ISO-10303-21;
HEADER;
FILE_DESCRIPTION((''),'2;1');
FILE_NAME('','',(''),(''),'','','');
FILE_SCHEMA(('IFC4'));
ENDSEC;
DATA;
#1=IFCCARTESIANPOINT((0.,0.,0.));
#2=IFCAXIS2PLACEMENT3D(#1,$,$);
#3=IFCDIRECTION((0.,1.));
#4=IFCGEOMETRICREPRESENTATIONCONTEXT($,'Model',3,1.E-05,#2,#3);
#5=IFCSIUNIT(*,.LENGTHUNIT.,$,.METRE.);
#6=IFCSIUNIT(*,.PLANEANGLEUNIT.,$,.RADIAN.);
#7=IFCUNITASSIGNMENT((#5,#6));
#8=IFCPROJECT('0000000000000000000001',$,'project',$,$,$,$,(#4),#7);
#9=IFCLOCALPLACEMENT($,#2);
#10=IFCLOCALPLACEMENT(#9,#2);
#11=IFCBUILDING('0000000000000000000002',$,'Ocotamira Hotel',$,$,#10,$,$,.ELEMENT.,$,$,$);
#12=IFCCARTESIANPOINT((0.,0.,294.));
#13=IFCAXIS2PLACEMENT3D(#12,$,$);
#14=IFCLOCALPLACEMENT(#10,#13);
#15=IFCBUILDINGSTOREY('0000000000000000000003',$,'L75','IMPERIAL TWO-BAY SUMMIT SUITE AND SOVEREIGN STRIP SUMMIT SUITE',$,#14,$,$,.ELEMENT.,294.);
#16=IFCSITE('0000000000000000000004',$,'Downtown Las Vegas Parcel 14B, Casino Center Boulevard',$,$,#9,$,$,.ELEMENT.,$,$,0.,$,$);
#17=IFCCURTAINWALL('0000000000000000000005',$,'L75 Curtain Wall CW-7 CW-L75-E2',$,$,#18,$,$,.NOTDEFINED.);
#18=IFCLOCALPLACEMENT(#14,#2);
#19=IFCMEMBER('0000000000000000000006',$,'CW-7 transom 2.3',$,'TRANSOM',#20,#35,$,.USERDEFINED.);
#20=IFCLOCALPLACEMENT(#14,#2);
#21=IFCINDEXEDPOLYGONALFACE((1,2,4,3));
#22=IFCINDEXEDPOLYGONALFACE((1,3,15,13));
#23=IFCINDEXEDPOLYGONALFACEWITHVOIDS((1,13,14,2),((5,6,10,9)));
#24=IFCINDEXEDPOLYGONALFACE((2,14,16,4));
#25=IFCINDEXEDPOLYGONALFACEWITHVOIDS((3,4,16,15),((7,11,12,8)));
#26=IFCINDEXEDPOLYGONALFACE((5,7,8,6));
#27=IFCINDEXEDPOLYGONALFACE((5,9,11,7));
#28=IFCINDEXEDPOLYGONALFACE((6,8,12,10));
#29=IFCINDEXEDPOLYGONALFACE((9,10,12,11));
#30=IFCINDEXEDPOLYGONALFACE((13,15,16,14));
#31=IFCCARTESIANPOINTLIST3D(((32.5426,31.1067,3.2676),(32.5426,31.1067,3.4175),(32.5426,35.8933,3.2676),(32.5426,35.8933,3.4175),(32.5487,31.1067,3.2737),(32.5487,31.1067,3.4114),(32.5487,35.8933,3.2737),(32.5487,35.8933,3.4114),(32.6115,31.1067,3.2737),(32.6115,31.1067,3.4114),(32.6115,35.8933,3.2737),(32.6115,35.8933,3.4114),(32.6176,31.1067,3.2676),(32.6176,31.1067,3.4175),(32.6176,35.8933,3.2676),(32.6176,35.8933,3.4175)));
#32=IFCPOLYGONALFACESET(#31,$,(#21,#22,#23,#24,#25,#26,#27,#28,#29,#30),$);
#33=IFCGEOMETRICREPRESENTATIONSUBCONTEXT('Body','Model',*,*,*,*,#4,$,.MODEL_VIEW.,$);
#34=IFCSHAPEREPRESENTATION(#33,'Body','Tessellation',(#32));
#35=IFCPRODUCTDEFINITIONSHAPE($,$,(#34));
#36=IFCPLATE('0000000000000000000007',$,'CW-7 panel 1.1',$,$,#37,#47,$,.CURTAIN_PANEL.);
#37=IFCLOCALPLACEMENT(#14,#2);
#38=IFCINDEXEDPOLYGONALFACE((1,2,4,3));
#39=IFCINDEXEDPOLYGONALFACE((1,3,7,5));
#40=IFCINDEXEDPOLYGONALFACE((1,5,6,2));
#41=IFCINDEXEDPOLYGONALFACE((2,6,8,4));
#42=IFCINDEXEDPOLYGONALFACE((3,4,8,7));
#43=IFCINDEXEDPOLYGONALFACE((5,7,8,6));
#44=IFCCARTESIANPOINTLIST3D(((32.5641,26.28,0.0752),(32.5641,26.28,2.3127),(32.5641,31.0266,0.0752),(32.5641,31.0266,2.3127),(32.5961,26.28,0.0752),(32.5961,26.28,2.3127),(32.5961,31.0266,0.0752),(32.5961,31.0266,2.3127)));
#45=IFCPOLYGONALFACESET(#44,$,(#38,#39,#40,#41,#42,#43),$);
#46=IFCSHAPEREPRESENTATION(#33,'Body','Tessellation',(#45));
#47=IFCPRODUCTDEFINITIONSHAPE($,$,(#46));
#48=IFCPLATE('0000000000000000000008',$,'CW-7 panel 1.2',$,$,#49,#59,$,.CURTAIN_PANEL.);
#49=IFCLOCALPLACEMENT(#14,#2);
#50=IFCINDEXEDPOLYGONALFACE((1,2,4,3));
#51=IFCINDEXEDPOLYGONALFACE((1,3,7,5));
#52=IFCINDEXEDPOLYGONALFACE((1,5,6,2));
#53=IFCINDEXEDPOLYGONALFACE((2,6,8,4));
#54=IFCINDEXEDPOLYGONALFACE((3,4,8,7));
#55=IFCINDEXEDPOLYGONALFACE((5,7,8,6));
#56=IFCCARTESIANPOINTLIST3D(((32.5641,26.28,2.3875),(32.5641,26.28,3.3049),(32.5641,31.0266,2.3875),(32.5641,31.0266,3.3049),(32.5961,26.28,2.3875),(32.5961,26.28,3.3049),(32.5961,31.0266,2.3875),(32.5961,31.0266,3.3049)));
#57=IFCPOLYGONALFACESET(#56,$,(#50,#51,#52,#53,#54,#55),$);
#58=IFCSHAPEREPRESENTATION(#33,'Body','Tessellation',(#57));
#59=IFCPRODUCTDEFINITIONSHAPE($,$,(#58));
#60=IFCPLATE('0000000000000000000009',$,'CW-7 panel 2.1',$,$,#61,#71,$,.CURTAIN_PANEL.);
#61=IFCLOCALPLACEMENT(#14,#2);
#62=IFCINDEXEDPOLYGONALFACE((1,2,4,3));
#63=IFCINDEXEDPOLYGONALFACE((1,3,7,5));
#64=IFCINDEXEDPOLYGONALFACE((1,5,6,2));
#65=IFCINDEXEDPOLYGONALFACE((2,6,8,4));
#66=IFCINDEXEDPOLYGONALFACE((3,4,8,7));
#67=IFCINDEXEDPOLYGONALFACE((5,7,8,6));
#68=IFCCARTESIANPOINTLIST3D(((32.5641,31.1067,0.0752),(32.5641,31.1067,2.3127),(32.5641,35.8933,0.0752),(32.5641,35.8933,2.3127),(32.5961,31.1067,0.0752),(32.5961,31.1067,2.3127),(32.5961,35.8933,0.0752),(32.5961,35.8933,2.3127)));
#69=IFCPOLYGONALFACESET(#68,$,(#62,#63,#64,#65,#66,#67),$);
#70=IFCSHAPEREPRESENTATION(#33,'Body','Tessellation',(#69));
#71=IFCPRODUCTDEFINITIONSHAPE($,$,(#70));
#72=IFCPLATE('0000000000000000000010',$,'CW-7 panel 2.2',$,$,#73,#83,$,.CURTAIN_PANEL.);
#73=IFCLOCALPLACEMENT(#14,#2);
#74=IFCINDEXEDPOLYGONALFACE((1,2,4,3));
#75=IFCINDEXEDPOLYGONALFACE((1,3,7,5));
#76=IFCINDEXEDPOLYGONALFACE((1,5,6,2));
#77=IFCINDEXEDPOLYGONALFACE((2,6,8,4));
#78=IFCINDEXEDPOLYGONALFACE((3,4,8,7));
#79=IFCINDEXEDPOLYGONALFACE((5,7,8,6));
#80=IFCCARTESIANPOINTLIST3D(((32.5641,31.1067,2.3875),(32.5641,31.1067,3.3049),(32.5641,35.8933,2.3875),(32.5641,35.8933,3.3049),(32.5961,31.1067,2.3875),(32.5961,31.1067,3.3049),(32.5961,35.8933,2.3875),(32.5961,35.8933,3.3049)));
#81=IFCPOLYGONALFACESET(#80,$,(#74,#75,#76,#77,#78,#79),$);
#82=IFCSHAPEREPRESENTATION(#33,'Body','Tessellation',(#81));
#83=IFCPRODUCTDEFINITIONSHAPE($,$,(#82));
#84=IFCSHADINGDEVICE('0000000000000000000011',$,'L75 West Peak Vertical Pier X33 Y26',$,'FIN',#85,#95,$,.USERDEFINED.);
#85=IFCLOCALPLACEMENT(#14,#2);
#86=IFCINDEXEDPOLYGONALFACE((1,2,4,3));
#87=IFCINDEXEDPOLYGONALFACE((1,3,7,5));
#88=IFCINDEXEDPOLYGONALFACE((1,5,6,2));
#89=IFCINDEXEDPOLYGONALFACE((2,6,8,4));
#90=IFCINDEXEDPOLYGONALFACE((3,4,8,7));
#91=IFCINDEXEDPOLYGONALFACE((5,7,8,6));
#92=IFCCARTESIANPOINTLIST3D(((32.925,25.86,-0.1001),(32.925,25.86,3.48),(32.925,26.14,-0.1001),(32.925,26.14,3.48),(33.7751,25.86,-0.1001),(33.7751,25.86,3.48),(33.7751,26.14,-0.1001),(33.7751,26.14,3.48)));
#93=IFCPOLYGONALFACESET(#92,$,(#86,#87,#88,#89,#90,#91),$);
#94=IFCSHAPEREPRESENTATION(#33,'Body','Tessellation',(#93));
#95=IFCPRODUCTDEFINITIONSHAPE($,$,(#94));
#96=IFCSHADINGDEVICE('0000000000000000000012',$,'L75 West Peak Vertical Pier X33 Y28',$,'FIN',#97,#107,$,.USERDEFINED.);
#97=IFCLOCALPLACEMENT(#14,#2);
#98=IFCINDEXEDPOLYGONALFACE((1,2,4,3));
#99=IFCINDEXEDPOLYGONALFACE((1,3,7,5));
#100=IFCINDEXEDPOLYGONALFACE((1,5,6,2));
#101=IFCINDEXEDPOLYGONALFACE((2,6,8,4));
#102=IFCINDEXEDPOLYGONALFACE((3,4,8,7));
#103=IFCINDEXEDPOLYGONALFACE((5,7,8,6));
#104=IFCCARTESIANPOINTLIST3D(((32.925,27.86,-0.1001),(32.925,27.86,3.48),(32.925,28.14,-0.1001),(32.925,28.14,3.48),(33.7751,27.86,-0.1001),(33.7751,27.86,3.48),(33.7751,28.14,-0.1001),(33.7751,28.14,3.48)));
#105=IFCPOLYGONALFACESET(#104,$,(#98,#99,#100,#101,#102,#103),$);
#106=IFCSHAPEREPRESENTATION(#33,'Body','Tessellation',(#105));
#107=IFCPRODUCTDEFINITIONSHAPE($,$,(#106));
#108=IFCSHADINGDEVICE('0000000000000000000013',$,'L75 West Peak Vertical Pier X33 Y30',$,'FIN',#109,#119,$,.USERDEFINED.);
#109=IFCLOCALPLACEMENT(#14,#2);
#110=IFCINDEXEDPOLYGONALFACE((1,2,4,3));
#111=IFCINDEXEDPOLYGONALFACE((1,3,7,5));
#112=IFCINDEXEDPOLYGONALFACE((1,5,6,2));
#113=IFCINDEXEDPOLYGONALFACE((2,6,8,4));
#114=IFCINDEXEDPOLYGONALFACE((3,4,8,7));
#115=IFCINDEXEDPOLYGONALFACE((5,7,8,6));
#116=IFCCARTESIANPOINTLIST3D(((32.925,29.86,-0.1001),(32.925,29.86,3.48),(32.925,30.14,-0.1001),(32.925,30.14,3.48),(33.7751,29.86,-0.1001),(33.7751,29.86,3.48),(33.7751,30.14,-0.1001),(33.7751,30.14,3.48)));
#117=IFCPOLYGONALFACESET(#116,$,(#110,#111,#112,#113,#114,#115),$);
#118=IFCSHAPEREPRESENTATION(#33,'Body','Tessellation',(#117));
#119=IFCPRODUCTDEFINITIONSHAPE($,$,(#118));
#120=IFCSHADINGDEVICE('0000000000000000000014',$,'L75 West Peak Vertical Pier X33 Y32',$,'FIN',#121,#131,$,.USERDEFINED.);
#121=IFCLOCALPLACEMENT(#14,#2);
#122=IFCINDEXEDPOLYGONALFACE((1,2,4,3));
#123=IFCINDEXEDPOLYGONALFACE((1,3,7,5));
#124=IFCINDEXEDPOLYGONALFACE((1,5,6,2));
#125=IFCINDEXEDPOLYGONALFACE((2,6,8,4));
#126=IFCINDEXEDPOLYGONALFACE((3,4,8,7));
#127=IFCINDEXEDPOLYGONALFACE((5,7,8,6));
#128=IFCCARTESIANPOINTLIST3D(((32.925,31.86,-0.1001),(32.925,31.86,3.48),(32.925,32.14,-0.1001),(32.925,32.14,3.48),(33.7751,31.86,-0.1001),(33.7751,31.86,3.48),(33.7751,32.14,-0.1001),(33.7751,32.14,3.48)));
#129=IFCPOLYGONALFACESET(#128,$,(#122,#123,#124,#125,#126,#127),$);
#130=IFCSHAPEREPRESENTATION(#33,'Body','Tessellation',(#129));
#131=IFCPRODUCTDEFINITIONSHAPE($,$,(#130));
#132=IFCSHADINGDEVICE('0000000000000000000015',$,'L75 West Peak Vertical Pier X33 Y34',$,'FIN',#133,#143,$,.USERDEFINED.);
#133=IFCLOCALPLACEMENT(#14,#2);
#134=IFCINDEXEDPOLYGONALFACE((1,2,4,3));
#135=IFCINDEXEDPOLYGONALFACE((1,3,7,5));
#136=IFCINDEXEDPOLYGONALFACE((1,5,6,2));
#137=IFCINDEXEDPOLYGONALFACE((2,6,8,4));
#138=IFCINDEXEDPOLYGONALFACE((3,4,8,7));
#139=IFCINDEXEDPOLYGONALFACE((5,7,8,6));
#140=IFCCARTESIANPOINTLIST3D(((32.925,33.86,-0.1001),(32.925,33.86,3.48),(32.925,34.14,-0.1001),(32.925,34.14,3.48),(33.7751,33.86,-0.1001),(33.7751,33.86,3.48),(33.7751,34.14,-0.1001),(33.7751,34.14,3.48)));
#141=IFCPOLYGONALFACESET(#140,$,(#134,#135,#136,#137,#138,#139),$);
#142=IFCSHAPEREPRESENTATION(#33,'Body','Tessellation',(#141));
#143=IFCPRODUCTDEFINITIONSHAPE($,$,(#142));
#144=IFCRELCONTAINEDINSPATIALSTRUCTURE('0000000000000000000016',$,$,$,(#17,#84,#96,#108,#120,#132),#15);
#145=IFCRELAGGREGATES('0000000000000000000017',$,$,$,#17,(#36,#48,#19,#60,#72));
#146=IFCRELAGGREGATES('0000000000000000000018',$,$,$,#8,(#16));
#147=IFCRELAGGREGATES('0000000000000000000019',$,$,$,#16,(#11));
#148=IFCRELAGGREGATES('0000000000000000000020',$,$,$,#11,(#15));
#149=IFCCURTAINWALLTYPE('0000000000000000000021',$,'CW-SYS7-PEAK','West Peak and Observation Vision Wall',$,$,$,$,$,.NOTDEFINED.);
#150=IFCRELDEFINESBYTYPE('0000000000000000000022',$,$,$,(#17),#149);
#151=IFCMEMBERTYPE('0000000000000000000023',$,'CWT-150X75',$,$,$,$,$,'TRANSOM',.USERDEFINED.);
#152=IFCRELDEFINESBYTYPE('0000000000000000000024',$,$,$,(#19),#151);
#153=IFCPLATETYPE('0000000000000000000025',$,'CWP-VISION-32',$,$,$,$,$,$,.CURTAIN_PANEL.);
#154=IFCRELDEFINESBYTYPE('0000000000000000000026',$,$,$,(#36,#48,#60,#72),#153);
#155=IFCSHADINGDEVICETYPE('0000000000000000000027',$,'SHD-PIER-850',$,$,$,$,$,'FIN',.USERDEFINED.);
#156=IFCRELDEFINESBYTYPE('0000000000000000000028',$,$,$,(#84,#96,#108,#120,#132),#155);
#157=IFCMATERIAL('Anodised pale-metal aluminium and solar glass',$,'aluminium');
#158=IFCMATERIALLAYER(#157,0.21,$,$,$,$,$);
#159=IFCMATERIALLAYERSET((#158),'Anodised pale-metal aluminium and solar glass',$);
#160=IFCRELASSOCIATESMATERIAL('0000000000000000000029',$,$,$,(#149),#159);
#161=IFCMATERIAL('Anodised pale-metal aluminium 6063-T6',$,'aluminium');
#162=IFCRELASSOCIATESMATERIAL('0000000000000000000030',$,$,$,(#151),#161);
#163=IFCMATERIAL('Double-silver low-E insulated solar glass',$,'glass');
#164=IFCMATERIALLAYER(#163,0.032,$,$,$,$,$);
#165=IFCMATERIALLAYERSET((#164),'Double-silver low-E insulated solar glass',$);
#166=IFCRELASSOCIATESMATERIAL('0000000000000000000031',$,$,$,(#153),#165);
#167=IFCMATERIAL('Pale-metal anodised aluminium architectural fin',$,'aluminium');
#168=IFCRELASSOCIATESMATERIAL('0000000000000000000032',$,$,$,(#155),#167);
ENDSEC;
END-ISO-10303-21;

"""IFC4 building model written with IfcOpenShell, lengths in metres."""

from ifc_helpers import new_model, si_unit, direction, frame, origin, origin_2d, place, context, subcontext, project, spatial, rectangle, hollow_rectangle, extrude, source, transform, mapped, material, layer, layer_set, material_profile, profile_set, type_object, element, aggregate, save


model = new_model("IFC4")

# Units and contexts
model_context = context("Model", 3, precision=1e-05, world=origin(), true_north=direction((0.0, 1.0)))
body_context = subcontext(model_context, "Body", "Model", "MODEL_VIEW")
ifc_project = project(units=[si_unit("LENGTHUNIT", "METRE"), si_unit("PLANEANGLEUNIT", "RADIAN")], contexts=[model_context])

# Site, building, storey
site_placement = place(None, origin())
site = spatial("IfcSite", under=ifc_project, at=site_placement, Name="Downtown Las Vegas Parcel 14B, Casino Center Boulevard", CompositionType="ELEMENT", RefElevation=0.0)
building_placement = place(site_placement, origin())
building = spatial("IfcBuilding", under=site, at=building_placement, Name="Ocotamira Hotel", CompositionType="ELEMENT")
storey_placement = place(building_placement, frame((0.0, 0.0, 294.0)))
storey = spatial("IfcBuildingStorey", under=building, at=storey_placement, Name="L75", Description="IMPERIAL TWO-BAY SUMMIT SUITE AND SOVEREIGN STRIP SUMMIT SUITE", CompositionType="ELEMENT", Elevation=294.0)

# Shared definitions
ifc_material_1 = material(Name="Anodised pale-metal aluminium and solar glass", Category="aluminium")
ifc_layer_1 = layer(ifc_material_1, 0.21)
ifc_layer_set_1 = layer_set([ifc_layer_1], Name="Anodised pale-metal aluminium and solar glass")
curtain_wall_type = type_object("IfcCurtainWallType", Name="CW-SYS7-PEAK", Description="West Peak and Observation Vision Wall", PredefinedType="NOTDEFINED", material=ifc_layer_set_1)
ifc_material_2 = material(Name="Anodised pale-metal aluminium 6063-T6", Category="aluminium")

# Curtain wall, member, plates
curtain_wall_1_placement = place(storey_placement, origin())
curtain_wall_1 = element("IfcCurtainWall", 1, at=curtain_wall_1_placement, inside=storey, type_object=curtain_wall_type, Name="L75 Curtain Wall CW-7 CW-L75-E2", PredefinedType="NOTDEFINED")
ifc_material_profile_1 = material_profile(ifc_material_2, hollow_rectangle(XDim=0.075, YDim=0.1499, WallThickness=0.0061, at=origin_2d()), Name="HSS150X75X6")
ifc_profile_set_1 = profile_set([ifc_material_profile_1], Name="Anodised pale-metal aluminium 6063-T6")
member_type_1 = type_object("IfcMemberType", Name="CWT-150X75", ElementType="TRANSOM", PredefinedType="USERDEFINED", material=ifc_profile_set_1)
shared_shape_1 = source(origin(), body_context, "Body", "SweptSolid", [
    extrude(hollow_rectangle(XDim=0.075, YDim=0.1499, WallThickness=0.0061, at=origin_2d()), origin(), (0.0, 0.0, 1.0), 4.7866),
])
member_1_placement = place(storey_placement, frame((32.5801, 31.1067, 3.3425), z_axis=(0.0, 1.0, 0.0), x_axis=(-1.0, 0.0, 0.0)))
member_1 = element("IfcMember", 2, at=member_1_placement, type_object=member_type_1, Name="CW-7 transom 2.3", ObjectType="TRANSOM", PredefinedType="USERDEFINED", context=body_context, shape_type="MappedRepresentation", body=[
    mapped(shared_shape_1, transform((0.0, 0.0, 0.0), scale=1.0)),
])
ifc_material_3 = material(Name="Double-silver low-E insulated solar glass", Category="glass")
ifc_layer_2 = layer(ifc_material_3, 0.032)
ifc_layer_set_2 = layer_set([ifc_layer_2], Name="Double-silver low-E insulated solar glass")
plate_type = type_object("IfcPlateType", Name="CWP-VISION-32", PredefinedType="CURTAIN_PANEL", material=ifc_layer_set_2)
shared_shape_2 = source(origin(), body_context, "Body", "SweptSolid", [
    extrude(rectangle(XDim=4.7466, YDim=0.032, at=origin_2d()), origin(), (0.0, 0.0, 1.0), 2.2375),
])
plate_1_placement = place(storey_placement, frame((32.5801, 28.6533, 0.0752), z_axis=(0.0, 0.0, 1.0), x_axis=(0.0, 1.0, 0.0)))
plate_1 = element("IfcPlate", 3, at=plate_1_placement, type_object=plate_type, Name="CW-7 panel 1.1", PredefinedType="CURTAIN_PANEL", context=body_context, shape_type="MappedRepresentation", body=[
    mapped(shared_shape_2, transform((0.0, 0.0, 0.0), scale=1.0)),
])
shared_shape_3 = source(origin(), body_context, "Body", "SweptSolid", [
    extrude(rectangle(XDim=4.7466, YDim=0.032, at=origin_2d()), origin(), (0.0, 0.0, 1.0), 0.9175),
])
plate_2_placement = place(storey_placement, frame((32.5801, 28.6533, 2.3875), z_axis=(0.0, 0.0, 1.0), x_axis=(0.0, 1.0, 0.0)))
plate_2 = element("IfcPlate", 4, at=plate_2_placement, type_object=plate_type, Name="CW-7 panel 1.2", PredefinedType="CURTAIN_PANEL", context=body_context, shape_type="MappedRepresentation", body=[
    mapped(shared_shape_3, transform((0.0, 0.0, 0.0), scale=1.0)),
])
shared_shape_4 = source(origin(), body_context, "Body", "SweptSolid", [
    extrude(rectangle(XDim=4.7866, YDim=0.032, at=origin_2d()), origin(), (0.0, 0.0, 1.0), 2.2375),
])
plate_3_placement = place(storey_placement, frame((32.5801, 33.5, 0.0752), z_axis=(0.0, 0.0, 1.0), x_axis=(0.0, 1.0, 0.0)))
plate_3 = element("IfcPlate", 5, at=plate_3_placement, type_object=plate_type, Name="CW-7 panel 2.1", PredefinedType="CURTAIN_PANEL", context=body_context, shape_type="MappedRepresentation", body=[
    mapped(shared_shape_4, transform((0.0, 0.0, 0.0), scale=1.0)),
])
shared_shape_5 = source(origin(), body_context, "Body", "SweptSolid", [
    extrude(rectangle(XDim=4.7866, YDim=0.032, at=origin_2d()), origin(), (0.0, 0.0, 1.0), 0.9175),
])
plate_4_placement = place(storey_placement, frame((32.5801, 33.5, 2.3875), z_axis=(0.0, 0.0, 1.0), x_axis=(0.0, 1.0, 0.0)))
plate_4 = element("IfcPlate", 6, at=plate_4_placement, type_object=plate_type, Name="CW-7 panel 2.2", PredefinedType="CURTAIN_PANEL", context=body_context, shape_type="MappedRepresentation", body=[
    mapped(shared_shape_5, transform((0.0, 0.0, 0.0), scale=1.0)),
])
aggregate(curtain_wall_1, [plate_1, plate_2, member_1, plate_3, plate_4])

# Shading devices
ifc_material_4 = material(Name="Pale-metal anodised aluminium architectural fin", Category="aluminium")
shading_device_type = type_object("IfcShadingDeviceType", Name="SHD-PIER-850", ElementType="FIN", PredefinedType="USERDEFINED", material=ifc_material_4)
shared_shape_6 = source(origin(), body_context, "Body", "SweptSolid", [
    extrude(rectangle(XDim=0.8501, YDim=0.28, at=origin_2d()), origin(), (0.0, 0.0, 1.0), 3.5801),
])
for number, where, z_axis, x_axis, name in (
    (7, (33.3501, 26.0, -0.1001), (0.0, 0.0, 1.0), (1.0, 0.0, 0.0), "L75 West Peak Vertical Pier X33 Y26"),
    (8, (33.3501, 28.0, -0.1001), (0.0, 0.0, 1.0), (1.0, 0.0, 0.0), "L75 West Peak Vertical Pier X33 Y28"),
    (9, (33.3501, 30.0, -0.1001), (0.0, 0.0, 1.0), (1.0, 0.0, 0.0), "L75 West Peak Vertical Pier X33 Y30"),
    (10, (33.3501, 32.0, -0.1001), (0.0, 0.0, 1.0), (1.0, 0.0, 0.0), "L75 West Peak Vertical Pier X33 Y32"),
    (11, (33.3501, 34.0, -0.1001), (0.0, 0.0, 1.0), (1.0, 0.0, 0.0), "L75 West Peak Vertical Pier X33 Y34"),
):
    element("IfcShadingDevice", number, at=place(storey_placement, frame(where, z_axis=z_axis, x_axis=x_axis)), inside=storey, type_object=shading_device_type, Name=name, ObjectType="FIN", PredefinedType="USERDEFINED", context=body_context, shape_type="MappedRepresentation", body=[
        mapped(shared_shape_6, transform((0.0, 0.0, 0.0), scale=1.0)),
    ])

save(model, "model.ifc")
